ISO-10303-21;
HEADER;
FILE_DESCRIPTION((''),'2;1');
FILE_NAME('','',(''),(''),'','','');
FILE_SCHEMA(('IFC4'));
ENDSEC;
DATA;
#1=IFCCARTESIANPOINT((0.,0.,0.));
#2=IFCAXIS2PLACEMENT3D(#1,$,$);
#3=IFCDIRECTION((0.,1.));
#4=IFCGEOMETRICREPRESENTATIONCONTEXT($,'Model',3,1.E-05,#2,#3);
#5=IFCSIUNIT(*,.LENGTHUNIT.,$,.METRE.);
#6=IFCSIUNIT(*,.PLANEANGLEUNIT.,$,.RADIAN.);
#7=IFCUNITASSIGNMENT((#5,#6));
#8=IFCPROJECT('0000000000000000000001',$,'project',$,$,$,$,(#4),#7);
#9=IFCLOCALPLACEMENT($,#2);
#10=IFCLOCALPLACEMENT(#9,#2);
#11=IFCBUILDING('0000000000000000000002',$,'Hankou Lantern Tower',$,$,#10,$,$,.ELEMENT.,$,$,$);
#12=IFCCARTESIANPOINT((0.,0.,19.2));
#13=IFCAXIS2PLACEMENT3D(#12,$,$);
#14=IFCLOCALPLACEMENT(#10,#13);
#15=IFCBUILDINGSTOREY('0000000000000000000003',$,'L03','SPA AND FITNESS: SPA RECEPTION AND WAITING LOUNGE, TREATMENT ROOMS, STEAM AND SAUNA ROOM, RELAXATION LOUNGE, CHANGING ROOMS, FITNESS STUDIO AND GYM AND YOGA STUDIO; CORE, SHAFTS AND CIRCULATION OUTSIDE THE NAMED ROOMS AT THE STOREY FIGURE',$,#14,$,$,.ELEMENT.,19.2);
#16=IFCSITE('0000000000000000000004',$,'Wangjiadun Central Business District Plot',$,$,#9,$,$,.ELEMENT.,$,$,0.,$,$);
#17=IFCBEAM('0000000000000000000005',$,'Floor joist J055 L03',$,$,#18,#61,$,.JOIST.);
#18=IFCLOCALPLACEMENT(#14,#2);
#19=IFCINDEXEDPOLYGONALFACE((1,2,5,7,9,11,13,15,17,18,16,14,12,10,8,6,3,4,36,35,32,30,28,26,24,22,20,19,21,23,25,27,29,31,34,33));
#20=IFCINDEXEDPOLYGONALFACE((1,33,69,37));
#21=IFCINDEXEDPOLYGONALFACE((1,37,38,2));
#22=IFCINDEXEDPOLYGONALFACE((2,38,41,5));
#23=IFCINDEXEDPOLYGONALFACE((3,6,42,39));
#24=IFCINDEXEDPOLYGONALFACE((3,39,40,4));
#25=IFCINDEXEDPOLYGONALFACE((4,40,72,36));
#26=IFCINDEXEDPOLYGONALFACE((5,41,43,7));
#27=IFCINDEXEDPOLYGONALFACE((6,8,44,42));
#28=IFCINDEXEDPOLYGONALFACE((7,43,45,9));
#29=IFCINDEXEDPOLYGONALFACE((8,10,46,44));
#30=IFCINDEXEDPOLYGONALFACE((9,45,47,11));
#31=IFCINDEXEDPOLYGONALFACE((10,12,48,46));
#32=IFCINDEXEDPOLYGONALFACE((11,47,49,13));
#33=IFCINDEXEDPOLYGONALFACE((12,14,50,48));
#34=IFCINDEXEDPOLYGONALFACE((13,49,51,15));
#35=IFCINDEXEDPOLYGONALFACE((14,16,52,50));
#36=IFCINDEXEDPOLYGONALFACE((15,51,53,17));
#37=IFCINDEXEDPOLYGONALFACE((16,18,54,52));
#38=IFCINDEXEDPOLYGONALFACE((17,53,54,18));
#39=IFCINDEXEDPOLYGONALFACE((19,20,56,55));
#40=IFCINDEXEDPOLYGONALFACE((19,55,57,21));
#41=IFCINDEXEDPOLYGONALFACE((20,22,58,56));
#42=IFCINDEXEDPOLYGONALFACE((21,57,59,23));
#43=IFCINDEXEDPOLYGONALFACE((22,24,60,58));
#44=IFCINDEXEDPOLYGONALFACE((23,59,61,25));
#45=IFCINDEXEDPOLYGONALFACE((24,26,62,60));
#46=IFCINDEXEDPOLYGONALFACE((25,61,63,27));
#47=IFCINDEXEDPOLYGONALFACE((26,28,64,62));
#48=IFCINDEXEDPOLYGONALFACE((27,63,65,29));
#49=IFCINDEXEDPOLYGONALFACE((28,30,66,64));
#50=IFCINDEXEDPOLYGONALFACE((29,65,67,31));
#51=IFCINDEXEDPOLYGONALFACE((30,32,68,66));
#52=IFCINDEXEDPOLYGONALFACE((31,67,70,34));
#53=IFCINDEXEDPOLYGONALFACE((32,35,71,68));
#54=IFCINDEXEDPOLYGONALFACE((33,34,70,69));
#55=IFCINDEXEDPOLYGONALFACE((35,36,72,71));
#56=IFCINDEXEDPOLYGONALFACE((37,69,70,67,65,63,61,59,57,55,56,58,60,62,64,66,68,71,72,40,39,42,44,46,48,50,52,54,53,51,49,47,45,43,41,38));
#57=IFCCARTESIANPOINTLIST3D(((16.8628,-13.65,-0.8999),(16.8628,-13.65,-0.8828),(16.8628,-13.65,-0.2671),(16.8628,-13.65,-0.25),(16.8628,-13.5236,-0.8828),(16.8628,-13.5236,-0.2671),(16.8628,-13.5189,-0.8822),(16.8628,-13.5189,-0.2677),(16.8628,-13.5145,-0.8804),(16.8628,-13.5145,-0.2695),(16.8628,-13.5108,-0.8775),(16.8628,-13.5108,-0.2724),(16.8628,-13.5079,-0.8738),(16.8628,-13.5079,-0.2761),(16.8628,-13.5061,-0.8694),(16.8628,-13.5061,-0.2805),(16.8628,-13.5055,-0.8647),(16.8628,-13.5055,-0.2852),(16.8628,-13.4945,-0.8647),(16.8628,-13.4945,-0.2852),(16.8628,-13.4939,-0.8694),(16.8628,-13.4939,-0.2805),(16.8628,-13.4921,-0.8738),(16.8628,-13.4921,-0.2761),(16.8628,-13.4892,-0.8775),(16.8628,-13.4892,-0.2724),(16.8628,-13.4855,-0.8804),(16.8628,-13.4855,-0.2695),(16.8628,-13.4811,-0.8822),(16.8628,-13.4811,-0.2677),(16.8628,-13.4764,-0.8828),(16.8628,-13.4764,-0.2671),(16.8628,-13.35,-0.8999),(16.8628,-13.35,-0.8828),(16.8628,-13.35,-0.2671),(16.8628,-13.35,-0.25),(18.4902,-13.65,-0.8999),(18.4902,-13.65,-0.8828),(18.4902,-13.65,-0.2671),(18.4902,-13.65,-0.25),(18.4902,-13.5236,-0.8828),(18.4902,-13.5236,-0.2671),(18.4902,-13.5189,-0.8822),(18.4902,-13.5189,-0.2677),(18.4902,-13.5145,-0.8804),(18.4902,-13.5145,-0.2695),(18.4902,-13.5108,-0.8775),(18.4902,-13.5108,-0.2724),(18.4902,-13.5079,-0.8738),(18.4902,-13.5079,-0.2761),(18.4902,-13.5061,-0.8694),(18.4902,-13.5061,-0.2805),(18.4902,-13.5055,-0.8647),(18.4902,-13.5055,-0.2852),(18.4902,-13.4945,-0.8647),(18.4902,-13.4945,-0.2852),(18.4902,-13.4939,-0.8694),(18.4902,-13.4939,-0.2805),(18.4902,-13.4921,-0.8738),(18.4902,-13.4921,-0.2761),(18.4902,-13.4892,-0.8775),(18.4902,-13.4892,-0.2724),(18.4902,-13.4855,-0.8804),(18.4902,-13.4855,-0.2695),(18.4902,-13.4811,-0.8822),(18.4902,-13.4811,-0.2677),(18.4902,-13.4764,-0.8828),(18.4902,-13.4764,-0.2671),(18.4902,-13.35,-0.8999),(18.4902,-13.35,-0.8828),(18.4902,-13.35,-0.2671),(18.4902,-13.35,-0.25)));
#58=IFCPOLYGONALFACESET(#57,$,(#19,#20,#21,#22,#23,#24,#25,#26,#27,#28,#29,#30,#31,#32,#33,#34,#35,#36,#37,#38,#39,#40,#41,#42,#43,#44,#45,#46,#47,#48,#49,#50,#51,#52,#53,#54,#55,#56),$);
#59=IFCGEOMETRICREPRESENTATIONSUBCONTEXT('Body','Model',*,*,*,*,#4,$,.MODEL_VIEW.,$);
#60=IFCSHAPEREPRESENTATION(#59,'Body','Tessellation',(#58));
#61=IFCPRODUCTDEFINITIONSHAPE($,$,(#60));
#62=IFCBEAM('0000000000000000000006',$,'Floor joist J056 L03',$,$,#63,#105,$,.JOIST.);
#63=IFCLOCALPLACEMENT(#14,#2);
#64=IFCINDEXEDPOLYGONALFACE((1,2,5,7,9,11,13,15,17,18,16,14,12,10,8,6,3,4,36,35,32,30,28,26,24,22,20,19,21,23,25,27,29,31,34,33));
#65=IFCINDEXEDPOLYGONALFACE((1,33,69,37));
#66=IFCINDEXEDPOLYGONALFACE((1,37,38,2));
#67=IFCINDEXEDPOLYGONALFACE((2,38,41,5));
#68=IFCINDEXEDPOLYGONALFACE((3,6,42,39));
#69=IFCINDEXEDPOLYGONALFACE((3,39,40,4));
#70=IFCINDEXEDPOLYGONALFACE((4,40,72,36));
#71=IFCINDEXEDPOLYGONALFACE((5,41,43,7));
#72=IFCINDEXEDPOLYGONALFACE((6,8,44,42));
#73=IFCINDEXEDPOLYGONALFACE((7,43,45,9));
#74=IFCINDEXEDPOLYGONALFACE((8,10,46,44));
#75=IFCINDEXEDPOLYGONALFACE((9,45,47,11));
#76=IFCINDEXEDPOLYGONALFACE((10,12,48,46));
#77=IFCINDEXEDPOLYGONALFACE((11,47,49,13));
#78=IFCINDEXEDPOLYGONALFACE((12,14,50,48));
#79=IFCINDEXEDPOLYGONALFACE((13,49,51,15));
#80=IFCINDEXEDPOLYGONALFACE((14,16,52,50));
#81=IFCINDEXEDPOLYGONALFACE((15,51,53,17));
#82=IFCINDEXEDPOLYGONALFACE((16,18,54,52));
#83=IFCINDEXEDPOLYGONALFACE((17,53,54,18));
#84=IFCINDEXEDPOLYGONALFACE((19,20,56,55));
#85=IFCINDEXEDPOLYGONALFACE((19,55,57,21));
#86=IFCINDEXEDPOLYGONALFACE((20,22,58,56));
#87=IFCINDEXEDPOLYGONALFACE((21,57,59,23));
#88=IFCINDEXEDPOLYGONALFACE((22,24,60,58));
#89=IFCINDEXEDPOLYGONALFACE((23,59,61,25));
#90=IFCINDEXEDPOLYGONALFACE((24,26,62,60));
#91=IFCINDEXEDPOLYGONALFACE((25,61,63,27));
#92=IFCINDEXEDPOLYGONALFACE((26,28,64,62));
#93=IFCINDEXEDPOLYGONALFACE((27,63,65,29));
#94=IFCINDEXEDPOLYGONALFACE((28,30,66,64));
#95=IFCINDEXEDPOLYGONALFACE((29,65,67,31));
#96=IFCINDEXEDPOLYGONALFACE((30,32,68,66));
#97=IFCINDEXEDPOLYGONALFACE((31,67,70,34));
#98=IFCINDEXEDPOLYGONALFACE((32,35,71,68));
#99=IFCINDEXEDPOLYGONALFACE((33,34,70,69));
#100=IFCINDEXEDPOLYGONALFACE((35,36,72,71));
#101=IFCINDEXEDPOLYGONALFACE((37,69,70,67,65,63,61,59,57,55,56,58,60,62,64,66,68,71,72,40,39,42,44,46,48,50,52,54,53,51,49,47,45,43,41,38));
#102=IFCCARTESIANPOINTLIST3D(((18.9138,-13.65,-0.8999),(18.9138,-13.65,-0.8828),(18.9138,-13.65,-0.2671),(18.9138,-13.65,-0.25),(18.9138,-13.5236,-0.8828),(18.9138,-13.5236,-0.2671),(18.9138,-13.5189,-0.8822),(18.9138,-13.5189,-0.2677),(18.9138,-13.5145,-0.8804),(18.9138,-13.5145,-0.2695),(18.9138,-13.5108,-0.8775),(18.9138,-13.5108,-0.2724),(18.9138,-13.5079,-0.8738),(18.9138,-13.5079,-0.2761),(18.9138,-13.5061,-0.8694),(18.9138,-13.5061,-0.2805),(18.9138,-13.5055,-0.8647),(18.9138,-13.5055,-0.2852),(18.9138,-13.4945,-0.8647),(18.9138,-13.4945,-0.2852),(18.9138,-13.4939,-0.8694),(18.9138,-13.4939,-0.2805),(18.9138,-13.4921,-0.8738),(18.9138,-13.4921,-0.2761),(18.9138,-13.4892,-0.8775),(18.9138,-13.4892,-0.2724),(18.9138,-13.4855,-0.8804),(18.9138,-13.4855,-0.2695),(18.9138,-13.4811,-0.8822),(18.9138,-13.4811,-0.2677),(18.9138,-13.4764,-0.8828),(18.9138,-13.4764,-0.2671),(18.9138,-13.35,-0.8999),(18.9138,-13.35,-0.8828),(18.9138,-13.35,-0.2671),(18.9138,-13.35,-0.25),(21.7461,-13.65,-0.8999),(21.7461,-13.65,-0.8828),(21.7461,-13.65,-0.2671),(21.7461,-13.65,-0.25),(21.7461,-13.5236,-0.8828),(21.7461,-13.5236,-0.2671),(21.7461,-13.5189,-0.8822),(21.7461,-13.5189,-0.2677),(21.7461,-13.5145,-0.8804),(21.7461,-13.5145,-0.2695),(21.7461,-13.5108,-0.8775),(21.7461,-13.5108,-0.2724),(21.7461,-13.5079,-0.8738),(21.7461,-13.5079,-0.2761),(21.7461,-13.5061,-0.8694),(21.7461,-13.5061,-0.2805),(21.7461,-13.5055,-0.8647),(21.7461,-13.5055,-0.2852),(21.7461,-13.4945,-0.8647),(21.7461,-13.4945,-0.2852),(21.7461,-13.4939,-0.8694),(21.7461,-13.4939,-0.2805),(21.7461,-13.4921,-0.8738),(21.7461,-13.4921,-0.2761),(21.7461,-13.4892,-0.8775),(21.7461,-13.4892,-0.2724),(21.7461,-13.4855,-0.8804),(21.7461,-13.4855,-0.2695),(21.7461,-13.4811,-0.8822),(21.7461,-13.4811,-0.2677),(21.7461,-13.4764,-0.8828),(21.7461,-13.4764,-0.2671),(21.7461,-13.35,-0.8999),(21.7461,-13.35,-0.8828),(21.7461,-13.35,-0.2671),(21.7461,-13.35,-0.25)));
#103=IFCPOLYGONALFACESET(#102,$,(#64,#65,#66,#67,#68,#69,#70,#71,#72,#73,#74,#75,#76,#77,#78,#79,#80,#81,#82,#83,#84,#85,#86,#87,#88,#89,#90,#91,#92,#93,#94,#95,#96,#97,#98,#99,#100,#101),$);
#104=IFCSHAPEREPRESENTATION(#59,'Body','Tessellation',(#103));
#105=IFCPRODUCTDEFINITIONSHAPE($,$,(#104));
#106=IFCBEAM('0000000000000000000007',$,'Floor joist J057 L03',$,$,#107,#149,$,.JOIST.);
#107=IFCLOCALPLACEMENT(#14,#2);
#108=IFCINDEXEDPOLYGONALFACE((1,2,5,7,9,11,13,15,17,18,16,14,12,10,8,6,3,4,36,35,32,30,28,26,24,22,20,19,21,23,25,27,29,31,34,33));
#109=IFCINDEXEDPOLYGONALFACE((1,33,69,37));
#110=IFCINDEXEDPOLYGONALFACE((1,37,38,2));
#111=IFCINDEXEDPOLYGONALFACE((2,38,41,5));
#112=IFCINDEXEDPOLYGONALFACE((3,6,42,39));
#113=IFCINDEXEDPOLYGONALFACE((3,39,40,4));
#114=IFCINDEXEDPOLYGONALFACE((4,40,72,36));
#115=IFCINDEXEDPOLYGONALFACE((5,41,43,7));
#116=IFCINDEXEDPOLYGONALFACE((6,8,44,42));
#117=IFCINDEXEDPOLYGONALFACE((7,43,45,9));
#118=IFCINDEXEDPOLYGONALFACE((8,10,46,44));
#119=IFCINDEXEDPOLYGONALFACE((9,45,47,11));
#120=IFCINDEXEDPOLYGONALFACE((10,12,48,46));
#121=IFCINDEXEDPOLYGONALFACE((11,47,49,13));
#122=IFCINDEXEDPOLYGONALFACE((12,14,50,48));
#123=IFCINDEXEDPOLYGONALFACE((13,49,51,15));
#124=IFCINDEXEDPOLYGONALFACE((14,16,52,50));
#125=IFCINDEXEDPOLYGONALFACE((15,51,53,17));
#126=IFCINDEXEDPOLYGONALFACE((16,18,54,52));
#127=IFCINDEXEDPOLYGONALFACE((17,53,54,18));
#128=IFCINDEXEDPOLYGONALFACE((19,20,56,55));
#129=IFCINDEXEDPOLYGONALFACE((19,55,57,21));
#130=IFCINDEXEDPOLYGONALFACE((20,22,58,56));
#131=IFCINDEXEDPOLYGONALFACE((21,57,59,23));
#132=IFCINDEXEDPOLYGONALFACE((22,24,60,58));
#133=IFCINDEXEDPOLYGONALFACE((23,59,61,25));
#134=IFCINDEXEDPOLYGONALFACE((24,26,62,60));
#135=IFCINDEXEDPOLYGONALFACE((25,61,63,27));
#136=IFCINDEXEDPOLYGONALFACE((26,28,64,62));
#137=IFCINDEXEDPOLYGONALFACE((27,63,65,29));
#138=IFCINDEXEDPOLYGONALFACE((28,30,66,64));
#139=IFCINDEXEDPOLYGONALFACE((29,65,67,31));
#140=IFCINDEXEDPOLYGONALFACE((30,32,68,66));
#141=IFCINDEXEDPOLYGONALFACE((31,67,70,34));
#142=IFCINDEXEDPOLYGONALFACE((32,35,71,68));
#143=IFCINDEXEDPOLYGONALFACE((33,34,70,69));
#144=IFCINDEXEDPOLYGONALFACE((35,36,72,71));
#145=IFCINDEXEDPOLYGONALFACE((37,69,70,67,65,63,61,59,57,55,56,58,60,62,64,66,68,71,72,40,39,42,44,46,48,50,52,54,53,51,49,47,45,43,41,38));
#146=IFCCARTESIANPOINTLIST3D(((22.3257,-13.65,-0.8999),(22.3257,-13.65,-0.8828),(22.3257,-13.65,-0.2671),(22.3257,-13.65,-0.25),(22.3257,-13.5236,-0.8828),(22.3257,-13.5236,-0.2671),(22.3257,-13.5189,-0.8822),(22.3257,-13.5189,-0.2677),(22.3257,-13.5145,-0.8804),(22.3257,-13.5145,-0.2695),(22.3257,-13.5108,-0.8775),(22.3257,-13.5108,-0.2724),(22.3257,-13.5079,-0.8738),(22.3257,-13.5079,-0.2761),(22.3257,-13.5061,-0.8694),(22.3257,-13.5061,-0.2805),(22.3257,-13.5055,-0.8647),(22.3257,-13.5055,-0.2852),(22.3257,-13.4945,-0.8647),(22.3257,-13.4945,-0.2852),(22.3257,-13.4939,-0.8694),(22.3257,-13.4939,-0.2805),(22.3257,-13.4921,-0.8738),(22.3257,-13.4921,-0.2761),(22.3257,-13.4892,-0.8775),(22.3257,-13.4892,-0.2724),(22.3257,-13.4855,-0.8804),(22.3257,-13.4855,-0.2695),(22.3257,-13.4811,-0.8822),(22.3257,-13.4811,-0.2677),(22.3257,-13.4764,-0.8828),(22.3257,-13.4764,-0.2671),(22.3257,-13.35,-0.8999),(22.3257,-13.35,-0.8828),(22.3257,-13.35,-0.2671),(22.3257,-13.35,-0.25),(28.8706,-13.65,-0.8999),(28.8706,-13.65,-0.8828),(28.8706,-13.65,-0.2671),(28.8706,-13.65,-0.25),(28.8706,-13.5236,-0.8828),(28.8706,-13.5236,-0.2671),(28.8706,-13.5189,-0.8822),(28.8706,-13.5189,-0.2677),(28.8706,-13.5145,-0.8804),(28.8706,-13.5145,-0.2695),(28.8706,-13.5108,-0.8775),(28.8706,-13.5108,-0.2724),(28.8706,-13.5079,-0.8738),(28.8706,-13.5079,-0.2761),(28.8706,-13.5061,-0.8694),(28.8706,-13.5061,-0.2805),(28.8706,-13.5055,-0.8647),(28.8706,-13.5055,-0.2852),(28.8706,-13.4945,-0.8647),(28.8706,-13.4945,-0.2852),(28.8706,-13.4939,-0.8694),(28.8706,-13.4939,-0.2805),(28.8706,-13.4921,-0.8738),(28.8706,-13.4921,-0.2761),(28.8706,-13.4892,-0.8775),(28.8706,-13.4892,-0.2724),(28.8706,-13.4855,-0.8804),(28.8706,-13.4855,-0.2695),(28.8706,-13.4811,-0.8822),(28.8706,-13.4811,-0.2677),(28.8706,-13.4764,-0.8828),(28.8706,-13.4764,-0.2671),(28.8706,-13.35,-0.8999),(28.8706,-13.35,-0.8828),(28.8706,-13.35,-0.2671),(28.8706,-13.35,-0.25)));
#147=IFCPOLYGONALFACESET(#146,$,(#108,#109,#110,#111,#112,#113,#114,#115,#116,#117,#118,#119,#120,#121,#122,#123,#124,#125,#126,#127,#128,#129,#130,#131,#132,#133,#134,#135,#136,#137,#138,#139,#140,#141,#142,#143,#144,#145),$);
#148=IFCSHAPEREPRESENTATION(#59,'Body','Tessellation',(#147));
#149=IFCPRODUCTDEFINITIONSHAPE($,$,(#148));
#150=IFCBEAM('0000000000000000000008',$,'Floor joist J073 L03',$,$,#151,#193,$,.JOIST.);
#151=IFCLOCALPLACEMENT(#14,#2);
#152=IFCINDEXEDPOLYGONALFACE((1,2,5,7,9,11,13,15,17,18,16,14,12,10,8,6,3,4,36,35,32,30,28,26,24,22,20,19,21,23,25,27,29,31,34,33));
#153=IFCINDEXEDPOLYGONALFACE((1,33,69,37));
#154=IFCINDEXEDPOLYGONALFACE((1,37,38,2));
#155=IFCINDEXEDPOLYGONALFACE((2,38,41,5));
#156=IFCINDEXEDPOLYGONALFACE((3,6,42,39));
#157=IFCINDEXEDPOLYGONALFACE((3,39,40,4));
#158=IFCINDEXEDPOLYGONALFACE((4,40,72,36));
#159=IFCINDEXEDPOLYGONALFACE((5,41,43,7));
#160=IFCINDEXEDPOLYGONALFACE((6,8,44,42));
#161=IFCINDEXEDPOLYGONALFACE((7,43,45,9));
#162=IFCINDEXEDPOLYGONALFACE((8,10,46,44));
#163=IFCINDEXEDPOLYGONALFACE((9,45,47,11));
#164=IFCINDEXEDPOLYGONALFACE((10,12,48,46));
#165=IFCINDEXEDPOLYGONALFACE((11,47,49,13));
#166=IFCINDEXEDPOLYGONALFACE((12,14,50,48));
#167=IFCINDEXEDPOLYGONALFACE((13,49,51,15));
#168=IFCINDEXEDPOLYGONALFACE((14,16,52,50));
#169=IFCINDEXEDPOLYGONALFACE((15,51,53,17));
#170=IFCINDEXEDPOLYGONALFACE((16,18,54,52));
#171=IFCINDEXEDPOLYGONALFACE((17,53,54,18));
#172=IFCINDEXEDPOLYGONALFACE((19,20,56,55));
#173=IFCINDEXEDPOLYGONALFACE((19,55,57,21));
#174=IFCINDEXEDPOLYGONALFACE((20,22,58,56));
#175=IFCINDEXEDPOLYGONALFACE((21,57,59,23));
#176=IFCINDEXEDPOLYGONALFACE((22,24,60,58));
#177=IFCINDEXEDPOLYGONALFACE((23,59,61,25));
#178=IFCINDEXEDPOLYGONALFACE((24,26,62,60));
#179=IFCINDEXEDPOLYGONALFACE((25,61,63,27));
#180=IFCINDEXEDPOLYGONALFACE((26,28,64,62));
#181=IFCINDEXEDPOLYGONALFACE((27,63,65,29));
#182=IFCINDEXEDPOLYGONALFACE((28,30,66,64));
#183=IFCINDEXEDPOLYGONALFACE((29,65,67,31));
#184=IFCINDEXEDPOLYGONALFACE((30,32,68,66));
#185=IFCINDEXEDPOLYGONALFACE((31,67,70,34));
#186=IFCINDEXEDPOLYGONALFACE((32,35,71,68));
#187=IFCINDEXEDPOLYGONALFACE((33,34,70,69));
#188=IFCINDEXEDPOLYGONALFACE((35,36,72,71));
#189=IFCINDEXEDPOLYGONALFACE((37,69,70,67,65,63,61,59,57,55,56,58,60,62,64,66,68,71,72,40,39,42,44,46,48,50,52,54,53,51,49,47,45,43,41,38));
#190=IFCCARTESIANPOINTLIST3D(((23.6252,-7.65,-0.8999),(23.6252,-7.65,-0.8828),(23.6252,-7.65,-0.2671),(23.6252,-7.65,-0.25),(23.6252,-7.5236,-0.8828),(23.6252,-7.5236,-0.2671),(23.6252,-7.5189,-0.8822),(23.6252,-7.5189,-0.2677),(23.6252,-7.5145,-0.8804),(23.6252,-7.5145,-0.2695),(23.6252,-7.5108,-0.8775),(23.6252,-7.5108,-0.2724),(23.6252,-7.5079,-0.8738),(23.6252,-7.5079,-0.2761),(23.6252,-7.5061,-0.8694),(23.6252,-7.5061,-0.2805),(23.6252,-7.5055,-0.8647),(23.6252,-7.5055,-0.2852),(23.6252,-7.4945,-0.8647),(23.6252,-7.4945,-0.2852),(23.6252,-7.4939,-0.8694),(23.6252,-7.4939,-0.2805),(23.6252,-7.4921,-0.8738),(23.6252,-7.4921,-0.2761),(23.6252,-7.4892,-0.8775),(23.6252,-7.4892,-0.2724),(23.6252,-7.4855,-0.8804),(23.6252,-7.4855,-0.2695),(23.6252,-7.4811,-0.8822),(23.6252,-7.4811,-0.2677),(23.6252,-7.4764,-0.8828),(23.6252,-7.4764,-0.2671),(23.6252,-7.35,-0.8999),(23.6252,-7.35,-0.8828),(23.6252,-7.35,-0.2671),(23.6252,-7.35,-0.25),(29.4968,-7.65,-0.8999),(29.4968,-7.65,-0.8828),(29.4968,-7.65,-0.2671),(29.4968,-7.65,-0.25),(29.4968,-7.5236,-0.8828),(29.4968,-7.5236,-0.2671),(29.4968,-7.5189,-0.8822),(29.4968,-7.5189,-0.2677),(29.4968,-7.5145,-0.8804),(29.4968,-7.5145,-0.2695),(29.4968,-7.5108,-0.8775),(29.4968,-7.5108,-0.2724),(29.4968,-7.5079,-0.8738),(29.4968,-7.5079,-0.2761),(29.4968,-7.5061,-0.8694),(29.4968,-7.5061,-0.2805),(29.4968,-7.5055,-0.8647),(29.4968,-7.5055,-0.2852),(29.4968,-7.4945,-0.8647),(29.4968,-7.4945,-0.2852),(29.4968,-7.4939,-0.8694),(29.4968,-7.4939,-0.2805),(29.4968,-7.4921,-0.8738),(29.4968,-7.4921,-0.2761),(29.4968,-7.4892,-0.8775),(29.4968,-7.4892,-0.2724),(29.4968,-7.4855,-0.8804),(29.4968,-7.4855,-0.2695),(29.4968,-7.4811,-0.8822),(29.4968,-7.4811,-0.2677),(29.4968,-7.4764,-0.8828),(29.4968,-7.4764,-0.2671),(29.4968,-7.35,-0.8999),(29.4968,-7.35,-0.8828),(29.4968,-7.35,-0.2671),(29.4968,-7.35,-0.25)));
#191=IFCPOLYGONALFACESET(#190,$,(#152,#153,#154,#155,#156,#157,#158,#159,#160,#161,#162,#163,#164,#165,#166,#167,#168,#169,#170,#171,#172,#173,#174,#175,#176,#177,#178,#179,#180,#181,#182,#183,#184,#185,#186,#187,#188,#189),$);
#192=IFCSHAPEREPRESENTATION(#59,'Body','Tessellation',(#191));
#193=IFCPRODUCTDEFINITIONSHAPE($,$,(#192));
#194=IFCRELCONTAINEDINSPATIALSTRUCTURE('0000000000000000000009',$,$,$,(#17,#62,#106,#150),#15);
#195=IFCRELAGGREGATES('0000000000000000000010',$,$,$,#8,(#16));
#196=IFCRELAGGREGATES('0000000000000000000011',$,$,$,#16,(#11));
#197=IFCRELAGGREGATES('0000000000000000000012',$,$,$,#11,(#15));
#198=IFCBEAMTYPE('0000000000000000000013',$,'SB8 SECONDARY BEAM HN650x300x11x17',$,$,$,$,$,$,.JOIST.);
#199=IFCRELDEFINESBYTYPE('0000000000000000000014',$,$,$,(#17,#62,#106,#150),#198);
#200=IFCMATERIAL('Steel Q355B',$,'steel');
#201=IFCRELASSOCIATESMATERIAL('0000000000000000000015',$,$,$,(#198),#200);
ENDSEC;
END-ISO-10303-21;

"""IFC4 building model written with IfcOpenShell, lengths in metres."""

from ifc_helpers import new_model, si_unit, direction, frame, origin, origin_2d, place, context, subcontext, project, spatial, i_section, extrude, material, material_profile, profile_set, type_object, element, save


model = new_model("IFC4")

# Units and contexts
model_context = context("Model", 3, precision=1e-05, world=origin(), true_north=direction((0.0, 1.0)))
body_context = subcontext(model_context, "Body", "Model", "MODEL_VIEW")
ifc_project = project(units=[si_unit("LENGTHUNIT", "METRE"), si_unit("PLANEANGLEUNIT", "RADIAN")], contexts=[model_context])

# Site, building, storey
site_placement = place(None, origin())
site = spatial("IfcSite", under=ifc_project, at=site_placement, Name="Wangjiadun Central Business District Plot", CompositionType="ELEMENT", RefElevation=0.0)
building_placement = place(site_placement, origin())
building = spatial("IfcBuilding", under=site, at=building_placement, Name="Hankou Lantern Tower", CompositionType="ELEMENT")
storey_placement = place(building_placement, frame((0.0, 0.0, 19.2)))
storey = spatial("IfcBuildingStorey", under=building, at=storey_placement, Name="L03", Description="SPA AND FITNESS: SPA RECEPTION AND WAITING LOUNGE, TREATMENT ROOMS, STEAM AND SAUNA ROOM, RELAXATION LOUNGE, CHANGING ROOMS, FITNESS STUDIO AND GYM AND YOGA STUDIO; CORE, SHAFTS AND CIRCULATION OUTSIDE THE NAMED ROOMS AT THE STOREY FIGURE", CompositionType="ELEMENT", Elevation=19.2)

# Beams
ifc_material_1 = material(Name="Steel Q355B", Category="steel")
ifc_material_profile_1 = material_profile(ifc_material_1, i_section(OverallWidth=0.3, OverallDepth=0.6499, WebThickness=0.011, FlangeThickness=0.0171, FilletRadius=0.0181, at=origin_2d()), Name="HN650x300x11x17")
ifc_profile_set_1 = profile_set([ifc_material_profile_1], Name="Steel Q355B")
beam_type_1 = type_object("IfcBeamType", Name="SB8 SECONDARY BEAM HN650x300x11x17", PredefinedType="JOIST", material=ifc_profile_set_1)
beam_1_placement = place(storey_placement, frame((16.8628, -13.5, -0.575), z_axis=(1.0, 0.0, 0.0), x_axis=(0.0, 1.0, 0.0)))
element("IfcBeam", 1, at=beam_1_placement, inside=storey, type_object=beam_type_1, Name="Floor joist J055 L03", PredefinedType="JOIST", context=body_context, shape_type="SweptSolid", body=[
    extrude(i_section(OverallWidth=0.3, OverallDepth=0.6499, WebThickness=0.011, FlangeThickness=0.0171, FilletRadius=0.0181, at=origin_2d()), origin(), (0.0, 0.0, 1.0), 1.6274),
])
beam_2_placement = place(storey_placement, frame((18.9138, -13.5, -0.575), z_axis=(1.0, 0.0, 0.0), x_axis=(0.0, 1.0, 0.0)))
element("IfcBeam", 2, at=beam_2_placement, inside=storey, type_object=beam_type_1, Name="Floor joist J056 L03", PredefinedType="JOIST", context=body_context, shape_type="SweptSolid", body=[
    extrude(i_section(OverallWidth=0.3, OverallDepth=0.6499, WebThickness=0.011, FlangeThickness=0.0171, FilletRadius=0.0181, at=origin_2d()), origin(), (0.0, 0.0, 1.0), 2.8323),
])
beam_3_placement = place(storey_placement, frame((22.3257, -13.5, -0.575), z_axis=(1.0, 0.0, 0.0), x_axis=(0.0, 1.0, 0.0)))
element("IfcBeam", 3, at=beam_3_placement, inside=storey, type_object=beam_type_1, Name="Floor joist J057 L03", PredefinedType="JOIST", context=body_context, shape_type="SweptSolid", body=[
    extrude(i_section(OverallWidth=0.3, OverallDepth=0.6499, WebThickness=0.011, FlangeThickness=0.0171, FilletRadius=0.0181, at=origin_2d()), origin(), (0.0, 0.0, 1.0), 6.5449),
])
beam_4_placement = place(storey_placement, frame((23.6252, -7.5, -0.575), z_axis=(1.0, 0.0, 0.0), x_axis=(0.0, 1.0, 0.0)))
element("IfcBeam", 4, at=beam_4_placement, inside=storey, type_object=beam_type_1, Name="Floor joist J073 L03", PredefinedType="JOIST", context=body_context, shape_type="SweptSolid", body=[
    extrude(i_section(OverallWidth=0.3, OverallDepth=0.6499, WebThickness=0.011, FlangeThickness=0.0171, FilletRadius=0.0181, at=origin_2d()), origin(), (0.0, 0.0, 1.0), 5.8716),
])

save(model, "model.ifc")
